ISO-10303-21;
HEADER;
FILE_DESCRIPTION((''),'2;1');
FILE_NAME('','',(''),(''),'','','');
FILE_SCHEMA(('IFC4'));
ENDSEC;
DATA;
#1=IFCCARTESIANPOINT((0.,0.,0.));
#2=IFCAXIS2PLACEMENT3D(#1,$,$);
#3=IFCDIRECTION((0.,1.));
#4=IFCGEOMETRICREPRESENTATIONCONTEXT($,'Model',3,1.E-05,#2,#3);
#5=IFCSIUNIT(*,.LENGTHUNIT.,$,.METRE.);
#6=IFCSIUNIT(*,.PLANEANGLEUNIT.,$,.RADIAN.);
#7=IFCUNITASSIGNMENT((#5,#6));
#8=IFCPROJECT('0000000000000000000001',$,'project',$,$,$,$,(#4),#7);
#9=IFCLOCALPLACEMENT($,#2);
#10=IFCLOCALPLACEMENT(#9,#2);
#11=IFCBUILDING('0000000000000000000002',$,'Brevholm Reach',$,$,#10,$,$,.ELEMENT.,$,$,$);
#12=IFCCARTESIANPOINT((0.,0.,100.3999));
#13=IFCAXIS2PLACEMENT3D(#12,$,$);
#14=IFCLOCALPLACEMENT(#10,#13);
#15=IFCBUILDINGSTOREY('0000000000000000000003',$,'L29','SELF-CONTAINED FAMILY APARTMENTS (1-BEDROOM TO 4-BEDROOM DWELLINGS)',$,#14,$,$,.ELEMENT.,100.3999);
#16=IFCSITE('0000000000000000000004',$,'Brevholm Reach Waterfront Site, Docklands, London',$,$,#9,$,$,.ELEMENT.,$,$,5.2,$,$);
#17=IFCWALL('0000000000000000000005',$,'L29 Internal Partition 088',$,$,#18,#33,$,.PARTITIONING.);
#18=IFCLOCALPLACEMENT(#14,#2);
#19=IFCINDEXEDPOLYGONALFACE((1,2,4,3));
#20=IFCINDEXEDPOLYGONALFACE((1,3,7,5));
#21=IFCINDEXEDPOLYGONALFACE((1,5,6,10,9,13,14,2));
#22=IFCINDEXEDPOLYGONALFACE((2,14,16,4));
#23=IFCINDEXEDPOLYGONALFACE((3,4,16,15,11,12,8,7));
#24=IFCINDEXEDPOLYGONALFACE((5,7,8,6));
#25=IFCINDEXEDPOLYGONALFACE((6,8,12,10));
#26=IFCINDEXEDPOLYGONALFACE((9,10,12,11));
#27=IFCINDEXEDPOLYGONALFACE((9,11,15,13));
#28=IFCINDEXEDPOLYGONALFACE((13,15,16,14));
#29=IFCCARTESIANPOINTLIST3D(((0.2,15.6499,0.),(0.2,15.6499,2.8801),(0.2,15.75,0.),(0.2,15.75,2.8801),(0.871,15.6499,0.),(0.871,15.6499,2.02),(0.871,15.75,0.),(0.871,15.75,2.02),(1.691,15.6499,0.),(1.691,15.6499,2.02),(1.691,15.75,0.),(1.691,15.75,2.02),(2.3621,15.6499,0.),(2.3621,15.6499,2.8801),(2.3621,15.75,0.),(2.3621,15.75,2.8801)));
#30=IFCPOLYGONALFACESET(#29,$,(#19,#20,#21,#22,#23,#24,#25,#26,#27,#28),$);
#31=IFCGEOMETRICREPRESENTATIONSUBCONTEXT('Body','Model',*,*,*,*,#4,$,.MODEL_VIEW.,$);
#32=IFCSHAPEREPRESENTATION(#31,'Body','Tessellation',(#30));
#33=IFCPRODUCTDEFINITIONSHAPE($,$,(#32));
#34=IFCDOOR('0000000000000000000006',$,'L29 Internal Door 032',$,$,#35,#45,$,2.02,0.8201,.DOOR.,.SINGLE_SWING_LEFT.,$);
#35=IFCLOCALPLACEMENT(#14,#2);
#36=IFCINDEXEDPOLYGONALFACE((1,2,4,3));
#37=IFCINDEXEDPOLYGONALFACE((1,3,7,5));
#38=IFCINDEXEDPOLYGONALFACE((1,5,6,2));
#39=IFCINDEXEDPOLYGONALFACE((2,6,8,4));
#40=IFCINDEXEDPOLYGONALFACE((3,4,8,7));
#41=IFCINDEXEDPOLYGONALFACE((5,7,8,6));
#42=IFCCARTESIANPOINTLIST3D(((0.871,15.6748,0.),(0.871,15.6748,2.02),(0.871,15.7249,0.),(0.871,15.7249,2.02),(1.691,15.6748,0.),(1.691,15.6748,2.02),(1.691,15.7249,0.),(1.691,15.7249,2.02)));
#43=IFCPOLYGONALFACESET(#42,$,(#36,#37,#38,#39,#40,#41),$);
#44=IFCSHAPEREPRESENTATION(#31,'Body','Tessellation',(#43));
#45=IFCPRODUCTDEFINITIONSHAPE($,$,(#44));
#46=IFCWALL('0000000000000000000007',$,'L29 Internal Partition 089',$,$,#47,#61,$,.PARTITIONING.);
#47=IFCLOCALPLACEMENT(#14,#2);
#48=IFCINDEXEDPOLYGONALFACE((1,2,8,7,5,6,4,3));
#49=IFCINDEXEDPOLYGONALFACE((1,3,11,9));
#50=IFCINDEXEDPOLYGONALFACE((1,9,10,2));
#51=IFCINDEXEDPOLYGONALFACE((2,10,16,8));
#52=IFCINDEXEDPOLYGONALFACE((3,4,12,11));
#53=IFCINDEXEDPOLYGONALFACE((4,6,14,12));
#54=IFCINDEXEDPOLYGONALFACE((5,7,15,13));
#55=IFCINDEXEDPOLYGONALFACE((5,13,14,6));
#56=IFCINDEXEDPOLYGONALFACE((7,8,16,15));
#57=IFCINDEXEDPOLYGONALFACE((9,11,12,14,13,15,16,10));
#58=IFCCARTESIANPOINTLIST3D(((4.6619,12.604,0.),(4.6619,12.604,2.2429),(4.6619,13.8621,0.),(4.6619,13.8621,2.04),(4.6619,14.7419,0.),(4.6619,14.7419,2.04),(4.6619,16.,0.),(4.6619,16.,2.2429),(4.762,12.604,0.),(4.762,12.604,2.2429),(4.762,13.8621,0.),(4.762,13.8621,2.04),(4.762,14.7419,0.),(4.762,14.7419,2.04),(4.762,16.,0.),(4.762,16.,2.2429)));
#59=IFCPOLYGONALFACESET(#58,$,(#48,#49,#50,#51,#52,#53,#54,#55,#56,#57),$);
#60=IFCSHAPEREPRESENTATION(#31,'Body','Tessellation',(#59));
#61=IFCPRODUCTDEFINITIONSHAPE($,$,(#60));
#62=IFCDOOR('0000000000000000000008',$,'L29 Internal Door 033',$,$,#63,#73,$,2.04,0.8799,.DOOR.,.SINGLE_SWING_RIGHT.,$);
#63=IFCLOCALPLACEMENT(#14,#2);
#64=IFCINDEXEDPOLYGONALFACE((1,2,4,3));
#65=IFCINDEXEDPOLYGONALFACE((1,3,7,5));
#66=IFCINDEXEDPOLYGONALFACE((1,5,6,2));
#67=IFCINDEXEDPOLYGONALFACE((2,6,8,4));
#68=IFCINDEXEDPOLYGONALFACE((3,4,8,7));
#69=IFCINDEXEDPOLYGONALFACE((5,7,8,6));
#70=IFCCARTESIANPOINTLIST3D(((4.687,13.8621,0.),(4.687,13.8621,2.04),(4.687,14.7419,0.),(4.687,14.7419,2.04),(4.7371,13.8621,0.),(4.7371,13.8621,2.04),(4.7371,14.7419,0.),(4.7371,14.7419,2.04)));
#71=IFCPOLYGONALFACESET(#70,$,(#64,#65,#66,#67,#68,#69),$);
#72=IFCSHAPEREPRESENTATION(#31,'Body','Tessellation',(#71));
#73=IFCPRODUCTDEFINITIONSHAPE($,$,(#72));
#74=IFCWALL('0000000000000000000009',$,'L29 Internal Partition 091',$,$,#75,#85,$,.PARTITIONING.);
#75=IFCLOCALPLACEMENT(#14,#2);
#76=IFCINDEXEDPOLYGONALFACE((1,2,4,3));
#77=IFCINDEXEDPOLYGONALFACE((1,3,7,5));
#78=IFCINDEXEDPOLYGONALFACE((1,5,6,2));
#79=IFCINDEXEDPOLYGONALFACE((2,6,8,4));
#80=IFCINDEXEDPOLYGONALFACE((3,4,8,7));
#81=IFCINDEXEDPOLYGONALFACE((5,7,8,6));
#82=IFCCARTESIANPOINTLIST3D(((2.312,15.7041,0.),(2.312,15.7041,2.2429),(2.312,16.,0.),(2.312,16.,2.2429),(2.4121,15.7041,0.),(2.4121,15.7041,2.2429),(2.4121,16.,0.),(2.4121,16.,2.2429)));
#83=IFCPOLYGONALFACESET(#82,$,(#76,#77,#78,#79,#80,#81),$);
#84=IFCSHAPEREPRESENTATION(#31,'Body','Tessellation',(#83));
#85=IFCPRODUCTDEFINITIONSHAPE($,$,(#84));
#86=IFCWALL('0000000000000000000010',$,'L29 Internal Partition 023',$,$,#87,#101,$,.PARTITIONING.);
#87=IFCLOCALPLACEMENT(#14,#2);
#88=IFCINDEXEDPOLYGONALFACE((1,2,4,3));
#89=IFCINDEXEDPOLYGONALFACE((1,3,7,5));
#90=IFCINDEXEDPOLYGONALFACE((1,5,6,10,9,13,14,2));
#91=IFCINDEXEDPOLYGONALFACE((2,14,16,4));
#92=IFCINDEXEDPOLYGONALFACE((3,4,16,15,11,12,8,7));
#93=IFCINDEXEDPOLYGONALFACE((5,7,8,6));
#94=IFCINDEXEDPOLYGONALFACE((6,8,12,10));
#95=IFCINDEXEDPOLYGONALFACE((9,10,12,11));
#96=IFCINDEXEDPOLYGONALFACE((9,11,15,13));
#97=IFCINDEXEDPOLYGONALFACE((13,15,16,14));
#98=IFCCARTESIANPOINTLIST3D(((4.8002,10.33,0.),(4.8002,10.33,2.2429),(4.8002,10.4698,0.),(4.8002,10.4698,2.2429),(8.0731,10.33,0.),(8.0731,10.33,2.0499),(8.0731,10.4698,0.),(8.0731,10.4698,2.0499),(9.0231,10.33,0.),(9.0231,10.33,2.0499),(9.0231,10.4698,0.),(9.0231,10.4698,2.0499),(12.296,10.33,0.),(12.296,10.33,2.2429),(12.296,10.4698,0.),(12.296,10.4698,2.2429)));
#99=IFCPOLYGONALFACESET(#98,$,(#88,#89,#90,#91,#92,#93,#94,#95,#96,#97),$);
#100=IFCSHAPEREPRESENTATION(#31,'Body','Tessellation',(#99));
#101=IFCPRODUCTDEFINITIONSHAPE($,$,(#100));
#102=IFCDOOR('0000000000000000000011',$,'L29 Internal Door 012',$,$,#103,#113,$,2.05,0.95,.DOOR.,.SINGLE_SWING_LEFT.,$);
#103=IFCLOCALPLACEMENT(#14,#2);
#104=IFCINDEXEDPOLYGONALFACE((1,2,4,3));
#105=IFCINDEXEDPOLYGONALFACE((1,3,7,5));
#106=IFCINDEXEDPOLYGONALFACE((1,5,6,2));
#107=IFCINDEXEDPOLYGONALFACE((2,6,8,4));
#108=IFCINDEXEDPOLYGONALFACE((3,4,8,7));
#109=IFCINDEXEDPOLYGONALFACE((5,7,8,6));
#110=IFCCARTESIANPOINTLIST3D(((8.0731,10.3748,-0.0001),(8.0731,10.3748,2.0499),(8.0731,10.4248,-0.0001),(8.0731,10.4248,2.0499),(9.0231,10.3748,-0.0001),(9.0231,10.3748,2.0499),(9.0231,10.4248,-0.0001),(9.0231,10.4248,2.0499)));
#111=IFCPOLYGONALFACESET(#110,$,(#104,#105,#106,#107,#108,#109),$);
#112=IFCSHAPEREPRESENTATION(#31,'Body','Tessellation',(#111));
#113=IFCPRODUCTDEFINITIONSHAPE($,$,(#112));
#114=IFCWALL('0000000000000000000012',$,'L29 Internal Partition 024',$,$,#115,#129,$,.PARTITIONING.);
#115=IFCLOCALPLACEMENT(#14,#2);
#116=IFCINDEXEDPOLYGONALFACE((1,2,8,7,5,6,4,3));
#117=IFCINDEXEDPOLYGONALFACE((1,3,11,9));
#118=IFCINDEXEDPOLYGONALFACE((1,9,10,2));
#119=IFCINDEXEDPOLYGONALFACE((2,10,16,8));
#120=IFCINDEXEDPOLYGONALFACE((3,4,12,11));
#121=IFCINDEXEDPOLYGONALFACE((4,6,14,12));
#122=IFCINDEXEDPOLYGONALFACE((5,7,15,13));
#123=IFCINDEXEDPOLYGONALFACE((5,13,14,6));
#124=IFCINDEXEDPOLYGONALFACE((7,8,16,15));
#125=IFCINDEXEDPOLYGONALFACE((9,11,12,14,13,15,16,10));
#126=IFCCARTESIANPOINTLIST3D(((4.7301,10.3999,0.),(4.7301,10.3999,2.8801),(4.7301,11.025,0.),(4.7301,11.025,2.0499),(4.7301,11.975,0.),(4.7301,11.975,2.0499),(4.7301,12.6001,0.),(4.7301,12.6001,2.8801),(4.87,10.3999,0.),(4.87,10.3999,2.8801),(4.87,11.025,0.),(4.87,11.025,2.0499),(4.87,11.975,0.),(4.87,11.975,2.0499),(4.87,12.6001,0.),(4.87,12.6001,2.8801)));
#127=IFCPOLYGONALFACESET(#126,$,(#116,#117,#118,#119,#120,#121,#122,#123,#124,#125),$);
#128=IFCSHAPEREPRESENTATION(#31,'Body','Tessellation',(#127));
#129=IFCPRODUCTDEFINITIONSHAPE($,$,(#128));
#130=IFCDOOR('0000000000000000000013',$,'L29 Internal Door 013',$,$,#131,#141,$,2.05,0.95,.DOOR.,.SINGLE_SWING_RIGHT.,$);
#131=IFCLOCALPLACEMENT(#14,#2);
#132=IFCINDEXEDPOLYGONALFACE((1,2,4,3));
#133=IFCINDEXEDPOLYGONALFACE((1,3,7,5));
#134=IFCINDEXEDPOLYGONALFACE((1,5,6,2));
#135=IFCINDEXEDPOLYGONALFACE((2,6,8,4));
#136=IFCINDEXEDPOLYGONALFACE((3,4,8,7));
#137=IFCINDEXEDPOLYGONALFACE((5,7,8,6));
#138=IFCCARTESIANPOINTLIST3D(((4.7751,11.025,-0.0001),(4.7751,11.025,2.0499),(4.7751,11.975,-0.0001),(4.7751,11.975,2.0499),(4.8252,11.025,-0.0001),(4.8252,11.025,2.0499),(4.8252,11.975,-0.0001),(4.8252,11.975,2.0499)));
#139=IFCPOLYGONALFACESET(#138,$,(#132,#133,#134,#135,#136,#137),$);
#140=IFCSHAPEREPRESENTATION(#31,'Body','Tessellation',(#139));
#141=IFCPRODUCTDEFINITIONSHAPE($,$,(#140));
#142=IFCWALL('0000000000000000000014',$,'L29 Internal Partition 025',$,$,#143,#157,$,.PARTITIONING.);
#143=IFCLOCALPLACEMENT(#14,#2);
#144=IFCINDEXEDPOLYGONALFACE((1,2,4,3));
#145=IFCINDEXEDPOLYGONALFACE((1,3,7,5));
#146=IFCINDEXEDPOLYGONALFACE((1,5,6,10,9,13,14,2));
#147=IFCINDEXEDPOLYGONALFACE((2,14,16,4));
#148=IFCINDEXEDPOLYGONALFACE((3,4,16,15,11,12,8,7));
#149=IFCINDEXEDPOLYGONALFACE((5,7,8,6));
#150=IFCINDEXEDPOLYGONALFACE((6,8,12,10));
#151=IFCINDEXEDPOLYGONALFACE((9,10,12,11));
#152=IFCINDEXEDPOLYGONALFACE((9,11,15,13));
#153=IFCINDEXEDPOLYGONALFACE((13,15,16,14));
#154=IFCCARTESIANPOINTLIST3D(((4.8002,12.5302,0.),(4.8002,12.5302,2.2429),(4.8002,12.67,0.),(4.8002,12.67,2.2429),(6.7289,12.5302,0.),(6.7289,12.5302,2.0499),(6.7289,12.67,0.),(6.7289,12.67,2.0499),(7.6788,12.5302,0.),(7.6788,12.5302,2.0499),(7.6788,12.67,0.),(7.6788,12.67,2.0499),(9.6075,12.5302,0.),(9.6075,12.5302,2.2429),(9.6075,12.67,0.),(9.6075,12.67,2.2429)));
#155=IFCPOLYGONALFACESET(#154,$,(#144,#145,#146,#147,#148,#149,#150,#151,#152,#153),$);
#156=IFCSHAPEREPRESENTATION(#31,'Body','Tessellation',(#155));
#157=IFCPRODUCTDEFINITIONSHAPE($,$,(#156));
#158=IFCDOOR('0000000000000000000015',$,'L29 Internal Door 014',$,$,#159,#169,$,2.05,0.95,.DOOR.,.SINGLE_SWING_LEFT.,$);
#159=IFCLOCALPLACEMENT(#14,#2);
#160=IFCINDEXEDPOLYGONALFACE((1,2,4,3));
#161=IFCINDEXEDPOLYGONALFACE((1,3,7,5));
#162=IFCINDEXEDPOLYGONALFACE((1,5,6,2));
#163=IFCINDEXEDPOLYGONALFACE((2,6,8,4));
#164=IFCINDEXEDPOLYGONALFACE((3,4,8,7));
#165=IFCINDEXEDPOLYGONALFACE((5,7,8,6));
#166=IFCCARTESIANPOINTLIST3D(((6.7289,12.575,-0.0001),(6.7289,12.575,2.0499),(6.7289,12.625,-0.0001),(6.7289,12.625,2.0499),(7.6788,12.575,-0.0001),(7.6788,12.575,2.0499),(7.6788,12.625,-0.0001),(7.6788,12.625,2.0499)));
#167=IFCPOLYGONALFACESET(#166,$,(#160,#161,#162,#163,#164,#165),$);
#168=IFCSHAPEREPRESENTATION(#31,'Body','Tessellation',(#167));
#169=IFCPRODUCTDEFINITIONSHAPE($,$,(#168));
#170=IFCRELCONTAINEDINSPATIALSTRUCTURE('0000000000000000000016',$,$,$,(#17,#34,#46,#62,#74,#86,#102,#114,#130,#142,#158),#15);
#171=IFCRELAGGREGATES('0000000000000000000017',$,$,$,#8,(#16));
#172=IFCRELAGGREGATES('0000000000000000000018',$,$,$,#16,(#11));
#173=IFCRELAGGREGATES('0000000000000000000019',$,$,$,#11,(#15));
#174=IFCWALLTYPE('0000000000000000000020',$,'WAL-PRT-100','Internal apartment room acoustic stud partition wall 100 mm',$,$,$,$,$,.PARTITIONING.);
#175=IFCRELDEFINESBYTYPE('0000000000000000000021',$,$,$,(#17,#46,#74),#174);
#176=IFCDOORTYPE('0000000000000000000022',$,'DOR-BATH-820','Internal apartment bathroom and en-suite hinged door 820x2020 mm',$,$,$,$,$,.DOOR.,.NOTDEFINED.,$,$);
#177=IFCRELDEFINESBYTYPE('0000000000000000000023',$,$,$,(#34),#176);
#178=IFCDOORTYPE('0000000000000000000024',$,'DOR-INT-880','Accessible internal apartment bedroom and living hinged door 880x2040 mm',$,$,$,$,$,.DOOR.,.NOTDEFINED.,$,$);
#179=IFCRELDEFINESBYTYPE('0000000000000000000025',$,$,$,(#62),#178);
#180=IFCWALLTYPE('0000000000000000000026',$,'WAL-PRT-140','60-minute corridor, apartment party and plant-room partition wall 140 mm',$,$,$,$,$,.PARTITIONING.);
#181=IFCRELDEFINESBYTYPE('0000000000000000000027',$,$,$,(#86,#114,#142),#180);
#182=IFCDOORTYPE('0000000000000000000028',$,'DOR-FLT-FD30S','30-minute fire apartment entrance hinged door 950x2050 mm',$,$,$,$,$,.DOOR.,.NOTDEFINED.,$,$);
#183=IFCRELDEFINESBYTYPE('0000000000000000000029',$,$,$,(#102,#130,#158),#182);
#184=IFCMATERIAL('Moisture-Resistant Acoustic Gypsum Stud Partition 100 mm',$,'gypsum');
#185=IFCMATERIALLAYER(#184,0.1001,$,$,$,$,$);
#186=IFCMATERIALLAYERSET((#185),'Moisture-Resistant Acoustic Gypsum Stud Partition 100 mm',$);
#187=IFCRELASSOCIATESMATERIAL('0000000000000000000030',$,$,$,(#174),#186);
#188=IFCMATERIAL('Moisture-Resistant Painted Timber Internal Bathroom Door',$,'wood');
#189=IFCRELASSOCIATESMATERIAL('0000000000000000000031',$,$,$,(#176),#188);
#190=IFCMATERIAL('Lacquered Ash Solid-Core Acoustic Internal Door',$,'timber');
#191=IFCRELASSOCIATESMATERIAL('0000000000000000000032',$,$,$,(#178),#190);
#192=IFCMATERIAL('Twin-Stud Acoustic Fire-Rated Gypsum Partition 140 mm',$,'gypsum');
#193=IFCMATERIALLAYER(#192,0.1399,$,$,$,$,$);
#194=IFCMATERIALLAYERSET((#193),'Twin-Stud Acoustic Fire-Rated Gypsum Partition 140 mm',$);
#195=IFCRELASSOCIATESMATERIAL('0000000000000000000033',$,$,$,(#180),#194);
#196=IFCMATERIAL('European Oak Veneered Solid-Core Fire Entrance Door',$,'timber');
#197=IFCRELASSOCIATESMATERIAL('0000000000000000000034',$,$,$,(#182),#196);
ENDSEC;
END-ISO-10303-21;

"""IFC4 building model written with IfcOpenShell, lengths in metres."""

from ifc_helpers import new_model, si_unit, direction, frame, frame_2d, origin, place, context, subcontext, project, spatial, rectangle, extrude, material, layer, layer_set, type_object, element, fill, save


model = new_model("IFC4")

# Units and contexts
model_context = context("Model", 3, precision=1e-05, world=origin(), true_north=direction((0.0, 1.0)))
body_context = subcontext(model_context, "Body", "Model", "MODEL_VIEW")
ifc_project = project(units=[si_unit("LENGTHUNIT", "METRE"), si_unit("PLANEANGLEUNIT", "RADIAN")], contexts=[model_context])

# Site, building, storey
site_placement = place(None, origin())
site = spatial("IfcSite", under=ifc_project, at=site_placement, Name="Brevholm Reach Waterfront Site, Docklands, London", CompositionType="ELEMENT", RefElevation=5.2)
building_placement = place(site_placement, origin())
building = spatial("IfcBuilding", under=site, at=building_placement, Name="Brevholm Reach", CompositionType="ELEMENT")
storey_placement = place(building_placement, frame((0.0, 0.0, 100.3999)))
storey = spatial("IfcBuildingStorey", under=building, at=storey_placement, Name="L29", Description="SELF-CONTAINED FAMILY APARTMENTS (1-BEDROOM TO 4-BEDROOM DWELLINGS)", CompositionType="ELEMENT", Elevation=100.3999)

# Shared definitions
ifc_material_1 = material(Name="Moisture-Resistant Acoustic Gypsum Stud Partition 100 mm", Category="gypsum")
ifc_layer_1 = layer(ifc_material_1, 0.1001)
ifc_layer_set_1 = layer_set([ifc_layer_1], Name="Moisture-Resistant Acoustic Gypsum Stud Partition 100 mm")
wall_type_1 = type_object("IfcWallType", Name="WAL-PRT-100", Description="Internal apartment room acoustic stud partition wall 100 mm", PredefinedType="PARTITIONING", material=ifc_layer_set_1)

# Walls, openings, doors
wall_1_placement = place(storey_placement, frame((0.2, 15.7, 0.0), z_axis=(0.0, 0.0, 1.0), x_axis=(1.0, 0.0, 0.0)))
wall_1 = element("IfcWall", 1, at=wall_1_placement, inside=storey, type_object=wall_type_1, Name="L29 Internal Partition 088", PredefinedType="PARTITIONING", context=body_context, shape_type="SweptSolid", body=[
    extrude(rectangle(XDim=2.1621, YDim=0.1001, at=frame_2d((1.0811, 0.0))), origin(), (0.0, 0.0, 1.0), 2.8801),
])
opening_1_placement = place(wall_1_placement, frame((0.6709, 0.0, 0.0)))
opening_1 = element("IfcOpeningElement", 2, at=opening_1_placement, cuts=wall_1, PredefinedType="OPENING", context=body_context, shape_type="SweptSolid", body=[
    extrude(rectangle(XDim=0.8201, YDim=2.02, at=frame_2d((0.4102, 1.01))), frame((0.0, 0.0601, 0.0), z_axis=(0.0, -1.0, 0.0), x_axis=(1.0, 0.0, 0.0)), (0.0, 0.0, 1.0), 0.1201),
])
ifc_material_2 = material(Name="Moisture-Resistant Painted Timber Internal Bathroom Door", Category="wood")
door_type_1 = type_object("IfcDoorType", Name="DOR-BATH-820", Description="Internal apartment bathroom and en-suite hinged door 820x2020 mm", OperationType="NOTDEFINED", PredefinedType="DOOR", material=ifc_material_2)
door_1_placement = place(opening_1_placement, origin())
door_1 = element("IfcDoor", 3, at=door_1_placement, inside=storey, type_object=door_type_1, Name="L29 Internal Door 032", OperationType="SINGLE_SWING_LEFT", OverallHeight=2.02, OverallWidth=0.8201, PredefinedType="DOOR", context=body_context, shape_type="SweptSolid", body=[
    extrude(rectangle(XDim=0.8201, YDim=2.02, at=frame_2d((0.4102, 1.01))), frame((0.0, 0.0249, 0.0), z_axis=(0.0, -1.0, 0.0), x_axis=(1.0, 0.0, 0.0)), (0.0, 0.0, 1.0), 0.05),
])
fill(opening_1, door_1)
wall_2_placement = place(storey_placement, frame((4.7119, 12.604, 0.0), z_axis=(0.0, 0.0, 1.0), x_axis=(0.0, 1.0, 0.0)))
wall_2 = element("IfcWall", 4, at=wall_2_placement, inside=storey, type_object=wall_type_1, Name="L29 Internal Partition 089", PredefinedType="PARTITIONING", context=body_context, shape_type="SweptSolid", body=[
    extrude(rectangle(XDim=3.396, YDim=0.1001, at=frame_2d((1.698, 0.0))), origin(), (0.0, 0.0, 1.0), 2.2429),
])
opening_2_placement = place(wall_2_placement, frame((1.2581, 0.0, 0.0)))
opening_2 = element("IfcOpeningElement", 5, at=opening_2_placement, cuts=wall_2, PredefinedType="OPENING", context=body_context, shape_type="SweptSolid", body=[
    extrude(rectangle(XDim=0.8799, YDim=2.04, at=frame_2d((0.4399, 1.02))), frame((0.0, 0.0601, 0.0), z_axis=(0.0, -1.0, 0.0), x_axis=(1.0, 0.0, 0.0)), (0.0, 0.0, 1.0), 0.1201),
])
ifc_material_3 = material(Name="Lacquered Ash Solid-Core Acoustic Internal Door", Category="timber")
door_type_2 = type_object("IfcDoorType", Name="DOR-INT-880", Description="Accessible internal apartment bedroom and living hinged door 880x2040 mm", OperationType="NOTDEFINED", PredefinedType="DOOR", material=ifc_material_3)
door_2_placement = place(opening_2_placement, origin())
door_2 = element("IfcDoor", 6, at=door_2_placement, inside=storey, type_object=door_type_2, Name="L29 Internal Door 033", OperationType="SINGLE_SWING_RIGHT", OverallHeight=2.04, OverallWidth=0.8799, PredefinedType="DOOR", context=body_context, shape_type="SweptSolid", body=[
    extrude(rectangle(XDim=0.8799, YDim=2.04, at=frame_2d((0.4399, 1.02))), frame((0.0, 0.0249, 0.0), z_axis=(0.0, -1.0, 0.0), x_axis=(1.0, 0.0, 0.0)), (0.0, 0.0, 1.0), 0.05),
])
fill(opening_2, door_2)

# Wall
wall_3_placement = place(storey_placement, frame((2.3621, 15.7041, 0.0), z_axis=(0.0, 0.0, 1.0), x_axis=(0.0, 1.0, 0.0)))
element("IfcWall", 7, at=wall_3_placement, inside=storey, type_object=wall_type_1, Name="L29 Internal Partition 091", PredefinedType="PARTITIONING", context=body_context, shape_type="SweptSolid", body=[
    extrude(rectangle(XDim=0.2959, YDim=0.1001, at=frame_2d((0.1479, 0.0))), origin(), (0.0, 0.0, 1.0), 2.2429),
])

# Walls, openings, doors
ifc_material_4 = material(Name="Twin-Stud Acoustic Fire-Rated Gypsum Partition 140 mm", Category="gypsum")
ifc_layer_2 = layer(ifc_material_4, 0.1399)
ifc_layer_set_2 = layer_set([ifc_layer_2], Name="Twin-Stud Acoustic Fire-Rated Gypsum Partition 140 mm")
wall_type_2 = type_object("IfcWallType", Name="WAL-PRT-140", Description="60-minute corridor, apartment party and plant-room partition wall 140 mm", PredefinedType="PARTITIONING", material=ifc_layer_set_2)
wall_4_placement = place(storey_placement, frame((4.8, 10.3999, 0.0), z_axis=(0.0, 0.0, 1.0), x_axis=(1.0, 0.0, 0.0)))
wall_4 = element("IfcWall", 8, at=wall_4_placement, inside=storey, type_object=wall_type_2, Name="L29 Internal Partition 023", PredefinedType="PARTITIONING", context=body_context, shape_type="SweptSolid", body=[
    extrude(rectangle(XDim=7.4958, YDim=0.1399, at=frame_2d((3.748, 0.0))), origin(), (0.0, 0.0, 1.0), 2.2429),
])
opening_3_placement = place(wall_4_placement, frame((3.2729, 0.0, 0.0)))
opening_3 = element("IfcOpeningElement", 9, at=opening_3_placement, cuts=wall_4, PredefinedType="OPENING", context=body_context, shape_type="SweptSolid", body=[
    extrude(rectangle(XDim=0.95, YDim=2.05, at=frame_2d((0.4751, 1.0249))), frame((0.0, 0.0798, 0.0), z_axis=(0.0, -1.0, 0.0), x_axis=(1.0, 0.0, 0.0)), (0.0, 0.0, 1.0), 0.1599),
])
ifc_material_5 = material(Name="European Oak Veneered Solid-Core Fire Entrance Door", Category="timber")
door_type_3 = type_object("IfcDoorType", Name="DOR-FLT-FD30S", Description="30-minute fire apartment entrance hinged door 950x2050 mm", OperationType="NOTDEFINED", PredefinedType="DOOR", material=ifc_material_5)
door_3_placement = place(opening_3_placement, origin())
door_3 = element("IfcDoor", 10, at=door_3_placement, inside=storey, type_object=door_type_3, Name="L29 Internal Door 012", OperationType="SINGLE_SWING_LEFT", OverallHeight=2.05, OverallWidth=0.95, PredefinedType="DOOR", context=body_context, shape_type="SweptSolid", body=[
    extrude(rectangle(XDim=0.95, YDim=2.05, at=frame_2d((0.4751, 1.0249))), frame((0.0, 0.0249, 0.0), z_axis=(0.0, -1.0, 0.0), x_axis=(1.0, 0.0, 0.0)), (0.0, 0.0, 1.0), 0.05),
])
fill(opening_3, door_3)
wall_5_placement = place(storey_placement, frame((4.8, 10.3999, 0.0), z_axis=(0.0, 0.0, 1.0), x_axis=(0.0, 1.0, 0.0)))
wall_5 = element("IfcWall", 11, at=wall_5_placement, inside=storey, type_object=wall_type_2, Name="L29 Internal Partition 024", PredefinedType="PARTITIONING", context=body_context, shape_type="SweptSolid", body=[
    extrude(rectangle(XDim=2.2002, YDim=0.1399, at=frame_2d((1.1001, 0.0))), origin(), (0.0, 0.0, 1.0), 2.8801),
])
opening_4_placement = place(wall_5_placement, frame((0.625, 0.0, 0.0)))
opening_4 = element("IfcOpeningElement", 12, at=opening_4_placement, cuts=wall_5, PredefinedType="OPENING", context=body_context, shape_type="SweptSolid", body=[
    extrude(rectangle(XDim=0.95, YDim=2.05, at=frame_2d((0.4751, 1.0249))), frame((0.0, 0.0798, 0.0), z_axis=(0.0, -1.0, 0.0), x_axis=(1.0, 0.0, 0.0)), (0.0, 0.0, 1.0), 0.1599),
])
door_4_placement = place(opening_4_placement, origin())
door_4 = element("IfcDoor", 13, at=door_4_placement, inside=storey, type_object=door_type_3, Name="L29 Internal Door 013", OperationType="SINGLE_SWING_RIGHT", OverallHeight=2.05, OverallWidth=0.95, PredefinedType="DOOR", context=body_context, shape_type="SweptSolid", body=[
    extrude(rectangle(XDim=0.95, YDim=2.05, at=frame_2d((0.4751, 1.0249))), frame((0.0, 0.0249, 0.0), z_axis=(0.0, -1.0, 0.0), x_axis=(1.0, 0.0, 0.0)), (0.0, 0.0, 1.0), 0.05),
])
fill(opening_4, door_4)
wall_6_placement = place(storey_placement, frame((4.8, 12.6001, 0.0), z_axis=(0.0, 0.0, 1.0), x_axis=(1.0, 0.0, 0.0)))
wall_6 = element("IfcWall", 14, at=wall_6_placement, inside=storey, type_object=wall_type_2, Name="L29 Internal Partition 025", PredefinedType="PARTITIONING", context=body_context, shape_type="SweptSolid", body=[
    extrude(rectangle(XDim=4.8074, YDim=0.1399, at=frame_2d((2.4038, 0.0))), origin(), (0.0, 0.0, 1.0), 2.2429),
])
opening_5_placement = place(wall_6_placement, frame((1.9287, 0.0, 0.0)))
opening_5 = element("IfcOpeningElement", 15, at=opening_5_placement, cuts=wall_6, PredefinedType="OPENING", context=body_context, shape_type="SweptSolid", body=[
    extrude(rectangle(XDim=0.95, YDim=2.05, at=frame_2d((0.4751, 1.0249))), frame((0.0, 0.0798, 0.0), z_axis=(0.0, -1.0, 0.0), x_axis=(1.0, 0.0, 0.0)), (0.0, 0.0, 1.0), 0.1599),
])
door_5_placement = place(opening_5_placement, origin())
door_5 = element("IfcDoor", 16, at=door_5_placement, inside=storey, type_object=door_type_3, Name="L29 Internal Door 014", OperationType="SINGLE_SWING_LEFT", OverallHeight=2.05, OverallWidth=0.95, PredefinedType="DOOR", context=body_context, shape_type="SweptSolid", body=[
    extrude(rectangle(XDim=0.95, YDim=2.05, at=frame_2d((0.4751, 1.0249))), frame((0.0, 0.0249, 0.0), z_axis=(0.0, -1.0, 0.0), x_axis=(1.0, 0.0, 0.0)), (0.0, 0.0, 1.0), 0.05),
])
fill(opening_5, door_5)

save(model, "model.ifc")
